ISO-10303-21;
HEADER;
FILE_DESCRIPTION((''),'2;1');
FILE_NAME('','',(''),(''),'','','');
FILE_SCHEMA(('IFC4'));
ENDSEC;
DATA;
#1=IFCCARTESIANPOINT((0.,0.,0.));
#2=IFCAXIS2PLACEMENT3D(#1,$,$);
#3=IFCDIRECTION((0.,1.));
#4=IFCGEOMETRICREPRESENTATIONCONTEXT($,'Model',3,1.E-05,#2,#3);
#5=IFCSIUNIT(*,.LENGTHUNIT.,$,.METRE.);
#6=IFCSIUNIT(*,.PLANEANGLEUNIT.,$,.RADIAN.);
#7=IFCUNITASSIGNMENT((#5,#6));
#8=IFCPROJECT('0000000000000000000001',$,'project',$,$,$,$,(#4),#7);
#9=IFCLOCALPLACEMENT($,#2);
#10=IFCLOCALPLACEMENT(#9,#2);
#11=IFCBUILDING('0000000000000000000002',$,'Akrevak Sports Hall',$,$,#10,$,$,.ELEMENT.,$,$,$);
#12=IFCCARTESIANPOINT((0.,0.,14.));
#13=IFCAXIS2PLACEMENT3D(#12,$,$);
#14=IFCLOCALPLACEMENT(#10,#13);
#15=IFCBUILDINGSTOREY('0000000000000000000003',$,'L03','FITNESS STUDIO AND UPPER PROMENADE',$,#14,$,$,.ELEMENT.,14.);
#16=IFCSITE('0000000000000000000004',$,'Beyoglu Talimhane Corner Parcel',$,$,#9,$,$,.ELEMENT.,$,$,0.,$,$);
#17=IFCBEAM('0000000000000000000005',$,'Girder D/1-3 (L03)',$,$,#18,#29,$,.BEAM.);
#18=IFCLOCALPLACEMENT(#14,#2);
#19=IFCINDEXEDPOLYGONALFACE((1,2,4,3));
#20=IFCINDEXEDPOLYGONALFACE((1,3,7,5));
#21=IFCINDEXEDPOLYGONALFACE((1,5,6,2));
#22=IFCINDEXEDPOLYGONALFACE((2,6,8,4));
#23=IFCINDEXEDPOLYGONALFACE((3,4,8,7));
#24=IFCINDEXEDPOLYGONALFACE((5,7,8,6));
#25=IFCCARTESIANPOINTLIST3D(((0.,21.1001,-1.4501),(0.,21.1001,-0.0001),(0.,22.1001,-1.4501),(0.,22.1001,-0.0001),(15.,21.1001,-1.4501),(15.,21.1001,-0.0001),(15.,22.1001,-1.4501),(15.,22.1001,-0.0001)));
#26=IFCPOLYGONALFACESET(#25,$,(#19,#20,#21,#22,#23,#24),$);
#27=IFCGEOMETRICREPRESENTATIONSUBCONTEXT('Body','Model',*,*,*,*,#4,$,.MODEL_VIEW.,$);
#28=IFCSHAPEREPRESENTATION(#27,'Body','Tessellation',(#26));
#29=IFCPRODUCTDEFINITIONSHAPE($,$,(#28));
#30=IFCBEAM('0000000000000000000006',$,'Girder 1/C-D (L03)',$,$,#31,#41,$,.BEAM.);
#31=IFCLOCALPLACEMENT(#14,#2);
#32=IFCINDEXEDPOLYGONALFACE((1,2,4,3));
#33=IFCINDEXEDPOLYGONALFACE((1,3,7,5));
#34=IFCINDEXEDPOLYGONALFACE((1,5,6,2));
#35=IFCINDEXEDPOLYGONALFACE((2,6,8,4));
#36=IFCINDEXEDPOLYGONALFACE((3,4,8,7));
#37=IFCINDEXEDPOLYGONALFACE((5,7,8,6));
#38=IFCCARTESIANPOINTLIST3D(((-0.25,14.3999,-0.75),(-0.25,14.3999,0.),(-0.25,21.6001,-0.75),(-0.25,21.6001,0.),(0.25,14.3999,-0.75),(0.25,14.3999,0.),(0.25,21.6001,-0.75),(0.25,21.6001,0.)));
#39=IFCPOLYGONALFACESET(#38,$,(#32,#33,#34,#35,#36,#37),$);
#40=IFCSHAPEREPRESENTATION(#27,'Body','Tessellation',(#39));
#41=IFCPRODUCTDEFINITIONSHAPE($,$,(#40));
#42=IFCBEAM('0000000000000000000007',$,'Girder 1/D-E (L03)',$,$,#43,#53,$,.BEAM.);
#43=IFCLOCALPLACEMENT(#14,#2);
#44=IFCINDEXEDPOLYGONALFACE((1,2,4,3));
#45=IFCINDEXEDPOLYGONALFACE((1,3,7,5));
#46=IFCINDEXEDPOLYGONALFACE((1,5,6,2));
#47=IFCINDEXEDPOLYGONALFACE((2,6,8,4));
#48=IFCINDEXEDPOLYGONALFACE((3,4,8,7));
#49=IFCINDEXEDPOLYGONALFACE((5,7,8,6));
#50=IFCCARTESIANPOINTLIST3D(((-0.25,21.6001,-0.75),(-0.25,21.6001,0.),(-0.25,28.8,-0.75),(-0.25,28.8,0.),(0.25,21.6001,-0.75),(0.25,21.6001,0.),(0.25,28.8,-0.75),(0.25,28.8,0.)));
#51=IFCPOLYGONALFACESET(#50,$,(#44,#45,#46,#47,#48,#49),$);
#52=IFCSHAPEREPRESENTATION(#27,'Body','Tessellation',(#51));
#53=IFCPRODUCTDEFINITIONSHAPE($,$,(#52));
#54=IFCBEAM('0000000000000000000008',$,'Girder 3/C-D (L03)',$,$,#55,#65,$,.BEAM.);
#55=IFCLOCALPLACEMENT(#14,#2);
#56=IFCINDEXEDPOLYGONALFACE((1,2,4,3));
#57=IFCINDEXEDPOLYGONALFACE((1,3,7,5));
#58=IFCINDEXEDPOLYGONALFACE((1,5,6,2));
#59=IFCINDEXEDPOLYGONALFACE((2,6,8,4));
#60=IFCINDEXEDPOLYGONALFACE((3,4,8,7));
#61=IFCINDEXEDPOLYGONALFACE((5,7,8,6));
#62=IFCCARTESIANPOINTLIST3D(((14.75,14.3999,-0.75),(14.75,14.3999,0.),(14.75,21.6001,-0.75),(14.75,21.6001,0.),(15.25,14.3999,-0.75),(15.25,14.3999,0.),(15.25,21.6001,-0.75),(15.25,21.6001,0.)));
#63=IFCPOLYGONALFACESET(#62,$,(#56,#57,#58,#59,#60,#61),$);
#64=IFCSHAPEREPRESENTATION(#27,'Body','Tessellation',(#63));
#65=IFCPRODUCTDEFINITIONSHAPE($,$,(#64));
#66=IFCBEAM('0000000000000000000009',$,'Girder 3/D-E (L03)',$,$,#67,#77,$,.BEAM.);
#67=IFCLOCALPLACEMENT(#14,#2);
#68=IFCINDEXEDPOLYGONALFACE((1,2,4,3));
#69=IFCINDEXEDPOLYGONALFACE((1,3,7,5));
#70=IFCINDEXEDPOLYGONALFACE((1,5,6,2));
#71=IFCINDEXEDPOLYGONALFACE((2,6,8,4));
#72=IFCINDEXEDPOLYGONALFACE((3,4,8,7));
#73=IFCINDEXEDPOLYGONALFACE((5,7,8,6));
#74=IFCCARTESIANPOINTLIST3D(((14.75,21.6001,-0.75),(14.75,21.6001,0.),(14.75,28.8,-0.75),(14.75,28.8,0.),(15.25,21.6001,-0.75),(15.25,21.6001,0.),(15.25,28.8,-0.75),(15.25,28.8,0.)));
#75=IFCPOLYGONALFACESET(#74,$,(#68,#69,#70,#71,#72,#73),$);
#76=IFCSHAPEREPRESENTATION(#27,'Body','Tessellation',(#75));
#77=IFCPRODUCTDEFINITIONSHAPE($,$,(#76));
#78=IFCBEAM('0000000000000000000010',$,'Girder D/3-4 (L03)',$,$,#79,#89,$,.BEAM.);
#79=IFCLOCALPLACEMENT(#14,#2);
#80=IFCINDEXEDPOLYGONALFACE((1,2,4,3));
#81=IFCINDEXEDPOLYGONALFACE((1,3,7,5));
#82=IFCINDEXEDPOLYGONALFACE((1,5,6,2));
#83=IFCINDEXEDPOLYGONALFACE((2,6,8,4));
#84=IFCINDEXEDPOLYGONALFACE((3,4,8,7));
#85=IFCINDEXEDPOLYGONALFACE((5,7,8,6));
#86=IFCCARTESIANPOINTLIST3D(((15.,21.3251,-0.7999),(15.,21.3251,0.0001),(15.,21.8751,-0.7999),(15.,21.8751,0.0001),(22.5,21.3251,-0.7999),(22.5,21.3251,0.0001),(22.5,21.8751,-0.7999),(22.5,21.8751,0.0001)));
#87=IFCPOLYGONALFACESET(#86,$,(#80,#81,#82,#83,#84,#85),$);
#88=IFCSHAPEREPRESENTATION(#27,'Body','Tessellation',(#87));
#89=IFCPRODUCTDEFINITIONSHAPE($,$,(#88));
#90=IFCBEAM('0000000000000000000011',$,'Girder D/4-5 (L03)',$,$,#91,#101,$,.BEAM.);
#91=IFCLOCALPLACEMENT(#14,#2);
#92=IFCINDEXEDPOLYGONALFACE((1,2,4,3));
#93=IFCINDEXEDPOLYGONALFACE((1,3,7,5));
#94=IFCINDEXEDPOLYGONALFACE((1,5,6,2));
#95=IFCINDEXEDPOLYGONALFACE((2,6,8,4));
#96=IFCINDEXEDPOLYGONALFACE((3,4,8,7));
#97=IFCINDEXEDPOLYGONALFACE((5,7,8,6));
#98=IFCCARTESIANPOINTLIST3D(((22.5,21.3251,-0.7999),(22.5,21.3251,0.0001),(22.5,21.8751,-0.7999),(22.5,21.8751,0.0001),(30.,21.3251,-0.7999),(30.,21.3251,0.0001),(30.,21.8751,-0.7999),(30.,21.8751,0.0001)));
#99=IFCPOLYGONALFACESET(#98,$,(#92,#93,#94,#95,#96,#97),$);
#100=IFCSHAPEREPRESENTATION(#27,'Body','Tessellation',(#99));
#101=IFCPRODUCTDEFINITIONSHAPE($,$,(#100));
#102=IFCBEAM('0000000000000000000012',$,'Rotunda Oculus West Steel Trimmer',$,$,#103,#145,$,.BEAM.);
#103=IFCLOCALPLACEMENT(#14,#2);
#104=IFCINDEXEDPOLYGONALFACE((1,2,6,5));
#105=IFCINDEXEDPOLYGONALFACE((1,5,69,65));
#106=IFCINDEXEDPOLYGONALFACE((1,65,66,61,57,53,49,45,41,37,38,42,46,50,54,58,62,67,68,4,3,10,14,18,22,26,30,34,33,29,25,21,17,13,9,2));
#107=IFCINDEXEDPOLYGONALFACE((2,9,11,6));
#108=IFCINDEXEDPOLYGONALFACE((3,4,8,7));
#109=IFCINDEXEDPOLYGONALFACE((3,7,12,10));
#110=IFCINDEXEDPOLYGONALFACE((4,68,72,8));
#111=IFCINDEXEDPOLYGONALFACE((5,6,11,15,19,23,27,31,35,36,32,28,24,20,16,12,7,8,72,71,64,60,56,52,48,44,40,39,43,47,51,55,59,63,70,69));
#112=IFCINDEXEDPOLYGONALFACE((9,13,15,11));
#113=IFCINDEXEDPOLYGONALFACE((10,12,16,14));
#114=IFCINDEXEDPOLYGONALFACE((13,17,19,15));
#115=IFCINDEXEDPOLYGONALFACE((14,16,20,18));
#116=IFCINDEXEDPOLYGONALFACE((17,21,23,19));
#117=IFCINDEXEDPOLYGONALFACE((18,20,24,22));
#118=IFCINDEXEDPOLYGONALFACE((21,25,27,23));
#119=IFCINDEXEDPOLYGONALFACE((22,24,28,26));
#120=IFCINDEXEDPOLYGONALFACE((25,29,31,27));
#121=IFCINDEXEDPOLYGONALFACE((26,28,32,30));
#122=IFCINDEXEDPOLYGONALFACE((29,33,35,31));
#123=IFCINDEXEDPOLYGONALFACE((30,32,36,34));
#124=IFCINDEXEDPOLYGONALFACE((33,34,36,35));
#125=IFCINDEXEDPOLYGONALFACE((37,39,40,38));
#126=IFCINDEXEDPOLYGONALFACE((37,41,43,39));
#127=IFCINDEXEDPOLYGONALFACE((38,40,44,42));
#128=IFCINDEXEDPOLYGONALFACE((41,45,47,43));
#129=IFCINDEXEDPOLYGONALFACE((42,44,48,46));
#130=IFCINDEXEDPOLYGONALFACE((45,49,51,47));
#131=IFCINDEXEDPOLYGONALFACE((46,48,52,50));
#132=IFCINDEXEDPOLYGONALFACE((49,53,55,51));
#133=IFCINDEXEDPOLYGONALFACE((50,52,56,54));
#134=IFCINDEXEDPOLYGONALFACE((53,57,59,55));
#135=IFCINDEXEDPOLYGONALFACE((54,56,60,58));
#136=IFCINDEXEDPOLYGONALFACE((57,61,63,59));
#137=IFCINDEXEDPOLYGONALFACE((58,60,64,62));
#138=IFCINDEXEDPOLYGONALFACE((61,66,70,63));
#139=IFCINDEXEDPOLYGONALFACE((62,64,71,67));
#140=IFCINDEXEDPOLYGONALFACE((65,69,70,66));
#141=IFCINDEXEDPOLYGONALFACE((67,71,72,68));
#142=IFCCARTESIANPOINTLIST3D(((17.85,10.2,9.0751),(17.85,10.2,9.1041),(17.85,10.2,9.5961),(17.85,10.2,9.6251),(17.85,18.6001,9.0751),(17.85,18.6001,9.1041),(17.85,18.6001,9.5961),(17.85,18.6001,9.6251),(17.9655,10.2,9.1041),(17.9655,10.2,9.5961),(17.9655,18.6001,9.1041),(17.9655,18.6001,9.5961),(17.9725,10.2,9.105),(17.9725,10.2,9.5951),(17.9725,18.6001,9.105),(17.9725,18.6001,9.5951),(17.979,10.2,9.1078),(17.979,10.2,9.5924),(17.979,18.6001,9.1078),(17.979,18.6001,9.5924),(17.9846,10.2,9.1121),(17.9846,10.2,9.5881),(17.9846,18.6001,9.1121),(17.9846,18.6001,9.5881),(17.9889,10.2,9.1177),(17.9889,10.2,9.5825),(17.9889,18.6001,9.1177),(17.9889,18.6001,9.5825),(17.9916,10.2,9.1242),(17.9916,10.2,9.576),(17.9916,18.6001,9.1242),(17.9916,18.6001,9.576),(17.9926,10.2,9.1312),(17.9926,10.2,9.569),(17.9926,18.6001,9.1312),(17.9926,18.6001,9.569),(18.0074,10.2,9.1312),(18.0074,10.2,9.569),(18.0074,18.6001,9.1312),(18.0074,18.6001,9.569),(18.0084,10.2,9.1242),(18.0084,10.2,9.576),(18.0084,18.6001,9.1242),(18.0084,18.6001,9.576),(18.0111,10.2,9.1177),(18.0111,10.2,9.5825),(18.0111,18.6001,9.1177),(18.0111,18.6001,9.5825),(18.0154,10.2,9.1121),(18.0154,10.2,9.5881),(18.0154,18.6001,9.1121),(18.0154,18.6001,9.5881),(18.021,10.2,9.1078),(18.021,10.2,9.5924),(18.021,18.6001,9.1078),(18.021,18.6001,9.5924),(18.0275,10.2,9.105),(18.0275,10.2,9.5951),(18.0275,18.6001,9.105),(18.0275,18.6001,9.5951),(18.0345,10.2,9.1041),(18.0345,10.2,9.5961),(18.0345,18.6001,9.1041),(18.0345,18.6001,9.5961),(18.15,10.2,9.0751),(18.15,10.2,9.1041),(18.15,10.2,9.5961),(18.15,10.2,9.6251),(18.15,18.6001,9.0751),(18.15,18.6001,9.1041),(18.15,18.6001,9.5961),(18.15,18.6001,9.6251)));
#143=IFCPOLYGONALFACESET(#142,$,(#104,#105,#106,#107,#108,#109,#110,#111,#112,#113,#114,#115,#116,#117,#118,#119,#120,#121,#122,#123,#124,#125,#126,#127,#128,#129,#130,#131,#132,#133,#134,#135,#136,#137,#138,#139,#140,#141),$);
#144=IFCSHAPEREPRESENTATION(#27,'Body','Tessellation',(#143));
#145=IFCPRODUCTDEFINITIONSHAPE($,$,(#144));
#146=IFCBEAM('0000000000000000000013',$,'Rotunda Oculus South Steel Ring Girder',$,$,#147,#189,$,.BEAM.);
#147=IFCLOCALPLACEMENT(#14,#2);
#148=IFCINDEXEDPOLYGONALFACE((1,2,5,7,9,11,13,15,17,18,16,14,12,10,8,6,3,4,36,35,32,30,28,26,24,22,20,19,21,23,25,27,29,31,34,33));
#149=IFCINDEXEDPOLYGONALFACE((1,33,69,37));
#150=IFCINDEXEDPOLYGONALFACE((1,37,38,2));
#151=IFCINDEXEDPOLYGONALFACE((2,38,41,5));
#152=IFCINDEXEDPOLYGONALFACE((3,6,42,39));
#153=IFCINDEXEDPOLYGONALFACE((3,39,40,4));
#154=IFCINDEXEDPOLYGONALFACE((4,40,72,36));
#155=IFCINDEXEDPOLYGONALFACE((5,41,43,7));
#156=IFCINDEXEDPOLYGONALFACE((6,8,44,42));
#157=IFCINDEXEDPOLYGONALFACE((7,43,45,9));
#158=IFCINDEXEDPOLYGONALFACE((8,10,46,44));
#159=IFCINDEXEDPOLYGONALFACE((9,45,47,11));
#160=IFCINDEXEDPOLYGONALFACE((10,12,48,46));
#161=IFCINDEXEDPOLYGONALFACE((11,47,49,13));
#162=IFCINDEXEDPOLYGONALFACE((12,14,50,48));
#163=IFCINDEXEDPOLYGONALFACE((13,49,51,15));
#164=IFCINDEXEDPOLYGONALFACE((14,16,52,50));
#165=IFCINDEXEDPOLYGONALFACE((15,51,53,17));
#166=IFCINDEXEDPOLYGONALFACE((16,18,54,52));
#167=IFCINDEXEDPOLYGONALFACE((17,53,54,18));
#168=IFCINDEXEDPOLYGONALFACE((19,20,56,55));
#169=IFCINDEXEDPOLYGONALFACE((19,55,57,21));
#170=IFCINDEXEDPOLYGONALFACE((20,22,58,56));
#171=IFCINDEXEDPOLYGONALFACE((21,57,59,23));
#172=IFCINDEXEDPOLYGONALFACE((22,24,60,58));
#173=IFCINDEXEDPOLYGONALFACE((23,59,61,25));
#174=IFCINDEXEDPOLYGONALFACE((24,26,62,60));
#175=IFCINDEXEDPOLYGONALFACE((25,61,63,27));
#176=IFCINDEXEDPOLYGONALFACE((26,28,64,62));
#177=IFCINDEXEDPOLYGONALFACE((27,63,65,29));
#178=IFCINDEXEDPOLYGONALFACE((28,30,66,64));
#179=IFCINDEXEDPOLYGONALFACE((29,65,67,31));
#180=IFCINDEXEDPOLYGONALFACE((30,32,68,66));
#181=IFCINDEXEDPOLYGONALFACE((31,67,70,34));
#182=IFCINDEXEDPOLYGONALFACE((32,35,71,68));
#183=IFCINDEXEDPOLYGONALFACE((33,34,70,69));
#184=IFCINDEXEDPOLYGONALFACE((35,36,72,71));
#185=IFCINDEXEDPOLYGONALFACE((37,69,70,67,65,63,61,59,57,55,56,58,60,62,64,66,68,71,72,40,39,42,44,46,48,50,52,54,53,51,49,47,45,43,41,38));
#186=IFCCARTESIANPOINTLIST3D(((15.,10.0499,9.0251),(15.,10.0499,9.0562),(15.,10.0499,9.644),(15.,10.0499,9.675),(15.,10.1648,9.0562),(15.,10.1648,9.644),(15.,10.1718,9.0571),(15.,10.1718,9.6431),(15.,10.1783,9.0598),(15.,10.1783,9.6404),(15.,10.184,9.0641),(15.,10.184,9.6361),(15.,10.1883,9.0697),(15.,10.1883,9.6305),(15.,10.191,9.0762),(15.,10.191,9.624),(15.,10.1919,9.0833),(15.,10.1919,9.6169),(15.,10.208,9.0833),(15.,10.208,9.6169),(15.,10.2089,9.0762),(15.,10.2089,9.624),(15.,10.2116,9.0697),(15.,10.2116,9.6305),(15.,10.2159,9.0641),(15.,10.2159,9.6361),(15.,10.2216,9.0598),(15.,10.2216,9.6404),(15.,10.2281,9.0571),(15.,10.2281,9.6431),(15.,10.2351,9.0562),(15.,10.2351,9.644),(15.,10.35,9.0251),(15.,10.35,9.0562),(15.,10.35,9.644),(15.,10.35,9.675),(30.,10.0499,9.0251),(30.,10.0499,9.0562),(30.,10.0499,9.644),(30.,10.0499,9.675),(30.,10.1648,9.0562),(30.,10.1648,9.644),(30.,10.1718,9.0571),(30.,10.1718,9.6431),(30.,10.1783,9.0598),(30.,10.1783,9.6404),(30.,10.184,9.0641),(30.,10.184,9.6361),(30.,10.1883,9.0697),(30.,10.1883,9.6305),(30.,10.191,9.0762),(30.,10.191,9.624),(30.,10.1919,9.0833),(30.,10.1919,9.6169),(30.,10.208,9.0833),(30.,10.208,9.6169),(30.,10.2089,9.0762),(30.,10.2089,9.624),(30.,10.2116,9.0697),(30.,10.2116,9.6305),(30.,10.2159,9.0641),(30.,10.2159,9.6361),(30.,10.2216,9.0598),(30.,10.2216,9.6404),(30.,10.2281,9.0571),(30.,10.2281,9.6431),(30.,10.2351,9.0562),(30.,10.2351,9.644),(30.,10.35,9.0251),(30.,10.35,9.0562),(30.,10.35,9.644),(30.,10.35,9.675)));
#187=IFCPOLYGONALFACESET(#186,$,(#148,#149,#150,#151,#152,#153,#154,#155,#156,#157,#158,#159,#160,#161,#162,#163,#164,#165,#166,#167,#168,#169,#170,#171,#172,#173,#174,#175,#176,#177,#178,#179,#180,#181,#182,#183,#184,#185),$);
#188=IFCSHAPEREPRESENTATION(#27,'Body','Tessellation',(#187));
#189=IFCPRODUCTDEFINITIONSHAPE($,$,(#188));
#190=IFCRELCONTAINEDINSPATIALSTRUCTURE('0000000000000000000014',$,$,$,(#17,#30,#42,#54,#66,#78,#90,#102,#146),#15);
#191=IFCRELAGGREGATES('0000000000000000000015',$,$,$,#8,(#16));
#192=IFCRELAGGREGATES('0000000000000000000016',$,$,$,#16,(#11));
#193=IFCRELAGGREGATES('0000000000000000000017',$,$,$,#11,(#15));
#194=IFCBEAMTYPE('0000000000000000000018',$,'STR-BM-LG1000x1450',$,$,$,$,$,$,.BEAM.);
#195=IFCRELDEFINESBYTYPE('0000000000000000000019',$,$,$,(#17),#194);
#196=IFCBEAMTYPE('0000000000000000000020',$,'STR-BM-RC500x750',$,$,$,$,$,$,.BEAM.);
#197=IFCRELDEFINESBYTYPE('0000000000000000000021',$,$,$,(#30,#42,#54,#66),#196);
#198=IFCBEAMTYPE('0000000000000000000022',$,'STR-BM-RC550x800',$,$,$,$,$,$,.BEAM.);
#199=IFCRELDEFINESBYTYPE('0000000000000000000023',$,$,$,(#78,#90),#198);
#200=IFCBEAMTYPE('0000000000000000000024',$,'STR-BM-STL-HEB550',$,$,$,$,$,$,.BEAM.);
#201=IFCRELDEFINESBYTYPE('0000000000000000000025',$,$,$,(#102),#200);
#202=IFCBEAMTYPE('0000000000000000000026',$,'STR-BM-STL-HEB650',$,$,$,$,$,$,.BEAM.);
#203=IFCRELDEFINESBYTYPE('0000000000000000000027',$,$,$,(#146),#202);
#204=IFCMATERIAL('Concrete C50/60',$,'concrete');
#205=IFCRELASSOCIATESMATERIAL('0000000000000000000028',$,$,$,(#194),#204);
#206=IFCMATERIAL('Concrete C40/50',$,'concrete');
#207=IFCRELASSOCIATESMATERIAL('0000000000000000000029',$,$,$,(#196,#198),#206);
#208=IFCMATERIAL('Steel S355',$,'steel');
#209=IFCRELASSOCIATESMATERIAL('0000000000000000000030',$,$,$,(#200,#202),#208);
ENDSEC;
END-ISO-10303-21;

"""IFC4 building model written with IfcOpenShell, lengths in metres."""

from ifc_helpers import new_model, si_unit, direction, frame, origin, origin_2d, place, context, subcontext, project, spatial, rectangle, i_section, extrude, material, material_profile, profile_set, type_object, element, save


model = new_model("IFC4")

# Units and contexts
model_context = context("Model", 3, precision=1e-05, world=origin(), true_north=direction((0.0, 1.0)))
body_context = subcontext(model_context, "Body", "Model", "MODEL_VIEW")
ifc_project = project(units=[si_unit("LENGTHUNIT", "METRE"), si_unit("PLANEANGLEUNIT", "RADIAN")], contexts=[model_context])

# Site, building, storey
site_placement = place(None, origin())
site = spatial("IfcSite", under=ifc_project, at=site_placement, Name="Beyoglu Talimhane Corner Parcel", CompositionType="ELEMENT", RefElevation=0.0)
building_placement = place(site_placement, origin())
building = spatial("IfcBuilding", under=site, at=building_placement, Name="Akrevak Sports Hall", CompositionType="ELEMENT")
storey_placement = place(building_placement, frame((0.0, 0.0, 14.0)))
storey = spatial("IfcBuildingStorey", under=building, at=storey_placement, Name="L03", Description="FITNESS STUDIO AND UPPER PROMENADE", CompositionType="ELEMENT", Elevation=14.0)

# Shared definitions
ifc_material_1 = material(Name="Concrete C40/50", Category="concrete")

# Beams
ifc_material_2 = material(Name="Concrete C50/60", Category="concrete")
ifc_material_profile_1 = material_profile(ifc_material_2, rectangle(XDim=1.0, YDim=1.45, at=origin_2d()), Name="BM 1000x1450", Category="concrete")
ifc_profile_set_1 = profile_set([ifc_material_profile_1], Name="Concrete C50/60")
beam_type_1 = type_object("IfcBeamType", Name="STR-BM-LG1000x1450", PredefinedType="BEAM", material=ifc_profile_set_1)
for number, where, z_axis, x_axis, name in (
    (1, (0.0, 21.6001, -0.7251), (1.0, 0.0, 0.0), (0.0, 1.0, 0.0), "Girder D/1-3 (L03)"),
):
    element("IfcBeam", number, at=place(storey_placement, frame(where, z_axis=z_axis, x_axis=x_axis)), inside=storey, type_object=beam_type_1, Name=name, PredefinedType="BEAM", context=body_context, shape_type="SweptSolid", body=[
        extrude(rectangle(XDim=1.0, YDim=1.45, at=origin_2d()), origin(), (0.0, 0.0, 1.0), 15.0),
    ])
ifc_material_profile_2 = material_profile(ifc_material_1, rectangle(XDim=0.5, YDim=0.75, at=origin_2d()), Name="BM 500x750", Category="concrete")
ifc_profile_set_2 = profile_set([ifc_material_profile_2], Name="Concrete C40/50")
beam_type_2 = type_object("IfcBeamType", Name="STR-BM-RC500x750", PredefinedType="BEAM", material=ifc_profile_set_2)
beam_1_placement = place(storey_placement, frame((0.0, 14.3999, -0.375), z_axis=(0.0, 1.0, 0.0), x_axis=(-1.0, 0.0, 0.0)))
element("IfcBeam", 2, at=beam_1_placement, inside=storey, type_object=beam_type_2, Name="Girder 1/C-D (L03)", PredefinedType="BEAM", context=body_context, shape_type="SweptSolid", body=[
    extrude(rectangle(XDim=0.5, YDim=0.75, at=origin_2d()), origin(), (0.0, 0.0, 1.0), 7.2002),
])
beam_2_placement = place(storey_placement, frame((0.0, 21.6001, -0.375), z_axis=(0.0, 1.0, 0.0), x_axis=(-1.0, 0.0, 0.0)))
element("IfcBeam", 3, at=beam_2_placement, inside=storey, type_object=beam_type_2, Name="Girder 1/D-E (L03)", PredefinedType="BEAM", context=body_context, shape_type="SweptSolid", body=[
    extrude(rectangle(XDim=0.5, YDim=0.75, at=origin_2d()), origin(), (0.0, 0.0, 1.0), 7.2),
])
beam_3_placement = place(storey_placement, frame((15.0, 14.3999, -0.375), z_axis=(0.0, 1.0, 0.0), x_axis=(-1.0, 0.0, 0.0)))
element("IfcBeam", 4, at=beam_3_placement, inside=storey, type_object=beam_type_2, Name="Girder 3/C-D (L03)", PredefinedType="BEAM", context=body_context, shape_type="SweptSolid", body=[
    extrude(rectangle(XDim=0.5, YDim=0.75, at=origin_2d()), origin(), (0.0, 0.0, 1.0), 7.2002),
])
beam_4_placement = place(storey_placement, frame((15.0, 21.6001, -0.375), z_axis=(0.0, 1.0, 0.0), x_axis=(-1.0, 0.0, 0.0)))
element("IfcBeam", 5, at=beam_4_placement, inside=storey, type_object=beam_type_2, Name="Girder 3/D-E (L03)", PredefinedType="BEAM", context=body_context, shape_type="SweptSolid", body=[
    extrude(rectangle(XDim=0.5, YDim=0.75, at=origin_2d()), origin(), (0.0, 0.0, 1.0), 7.2),
])
ifc_material_profile_3 = material_profile(ifc_material_1, rectangle(XDim=0.55, YDim=0.8, at=origin_2d()), Name="BM 550x800", Category="concrete")
ifc_profile_set_3 = profile_set([ifc_material_profile_3], Name="Concrete C40/50")
beam_type_3 = type_object("IfcBeamType", Name="STR-BM-RC550x800", PredefinedType="BEAM", material=ifc_profile_set_3)
for number, where, z_axis, x_axis, name in (
    (6, (15.0, 21.6001, -0.3999), (1.0, 0.0, 0.0), (0.0, 1.0, 0.0), "Girder D/3-4 (L03)"),
    (7, (22.5, 21.6001, -0.3999), (1.0, 0.0, 0.0), (0.0, 1.0, 0.0), "Girder D/4-5 (L03)"),
):
    element("IfcBeam", number, at=place(storey_placement, frame(where, z_axis=z_axis, x_axis=x_axis)), inside=storey, type_object=beam_type_3, Name=name, PredefinedType="BEAM", context=body_context, shape_type="SweptSolid", body=[
        extrude(rectangle(XDim=0.55, YDim=0.8, at=origin_2d()), origin(), (0.0, 0.0, 1.0), 7.5),
    ])
ifc_material_3 = material(Name="Steel S355", Category="steel")
ifc_material_profile_4 = material_profile(ifc_material_3, i_section(OverallWidth=0.3, OverallDepth=0.55, WebThickness=0.0149, FlangeThickness=0.0291, FilletRadius=0.0271, at=origin_2d()), Name="HEB 550", Category="steel")
ifc_profile_set_4 = profile_set([ifc_material_profile_4], Name="Steel S355")
beam_type_4 = type_object("IfcBeamType", Name="STR-BM-STL-HEB550", PredefinedType="BEAM", material=ifc_profile_set_4)
beam_5_placement = place(storey_placement, frame((18.0, 10.2, 9.3501), z_axis=(0.0, 1.0, 0.0), x_axis=(-1.0, 0.0, 0.0)))
element("IfcBeam", 8, at=beam_5_placement, inside=storey, type_object=beam_type_4, Name="Rotunda Oculus West Steel Trimmer", PredefinedType="BEAM", context=body_context, shape_type="SweptSolid", body=[
    extrude(i_section(OverallWidth=0.3, OverallDepth=0.55, WebThickness=0.0149, FlangeThickness=0.0291, FilletRadius=0.0271, at=origin_2d()), origin(), (0.0, 0.0, 1.0), 8.4001),
])
ifc_material_profile_5 = material_profile(ifc_material_3, i_section(OverallWidth=0.3, OverallDepth=0.6499, WebThickness=0.0161, FlangeThickness=0.031, FilletRadius=0.0271, at=origin_2d()), Name="HEB 650", Category="steel")
ifc_profile_set_5 = profile_set([ifc_material_profile_5], Name="Steel S355")
beam_type_5 = type_object("IfcBeamType", Name="STR-BM-STL-HEB650", PredefinedType="BEAM", material=ifc_profile_set_5)
for number, where, z_axis, x_axis, name in (
    (9, (15.0, 10.2, 9.3501), (1.0, 0.0, 0.0), (0.0, 1.0, 0.0), "Rotunda Oculus South Steel Ring Girder"),
):
    element("IfcBeam", number, at=place(storey_placement, frame(where, z_axis=z_axis, x_axis=x_axis)), inside=storey, type_object=beam_type_5, Name=name, PredefinedType="BEAM", context=body_context, shape_type="SweptSolid", body=[
        extrude(i_section(OverallWidth=0.3, OverallDepth=0.6499, WebThickness=0.0161, FlangeThickness=0.031, FilletRadius=0.0271, at=origin_2d()), origin(), (0.0, 0.0, 1.0), 15.0),
    ])

save(model, "model.ifc")
